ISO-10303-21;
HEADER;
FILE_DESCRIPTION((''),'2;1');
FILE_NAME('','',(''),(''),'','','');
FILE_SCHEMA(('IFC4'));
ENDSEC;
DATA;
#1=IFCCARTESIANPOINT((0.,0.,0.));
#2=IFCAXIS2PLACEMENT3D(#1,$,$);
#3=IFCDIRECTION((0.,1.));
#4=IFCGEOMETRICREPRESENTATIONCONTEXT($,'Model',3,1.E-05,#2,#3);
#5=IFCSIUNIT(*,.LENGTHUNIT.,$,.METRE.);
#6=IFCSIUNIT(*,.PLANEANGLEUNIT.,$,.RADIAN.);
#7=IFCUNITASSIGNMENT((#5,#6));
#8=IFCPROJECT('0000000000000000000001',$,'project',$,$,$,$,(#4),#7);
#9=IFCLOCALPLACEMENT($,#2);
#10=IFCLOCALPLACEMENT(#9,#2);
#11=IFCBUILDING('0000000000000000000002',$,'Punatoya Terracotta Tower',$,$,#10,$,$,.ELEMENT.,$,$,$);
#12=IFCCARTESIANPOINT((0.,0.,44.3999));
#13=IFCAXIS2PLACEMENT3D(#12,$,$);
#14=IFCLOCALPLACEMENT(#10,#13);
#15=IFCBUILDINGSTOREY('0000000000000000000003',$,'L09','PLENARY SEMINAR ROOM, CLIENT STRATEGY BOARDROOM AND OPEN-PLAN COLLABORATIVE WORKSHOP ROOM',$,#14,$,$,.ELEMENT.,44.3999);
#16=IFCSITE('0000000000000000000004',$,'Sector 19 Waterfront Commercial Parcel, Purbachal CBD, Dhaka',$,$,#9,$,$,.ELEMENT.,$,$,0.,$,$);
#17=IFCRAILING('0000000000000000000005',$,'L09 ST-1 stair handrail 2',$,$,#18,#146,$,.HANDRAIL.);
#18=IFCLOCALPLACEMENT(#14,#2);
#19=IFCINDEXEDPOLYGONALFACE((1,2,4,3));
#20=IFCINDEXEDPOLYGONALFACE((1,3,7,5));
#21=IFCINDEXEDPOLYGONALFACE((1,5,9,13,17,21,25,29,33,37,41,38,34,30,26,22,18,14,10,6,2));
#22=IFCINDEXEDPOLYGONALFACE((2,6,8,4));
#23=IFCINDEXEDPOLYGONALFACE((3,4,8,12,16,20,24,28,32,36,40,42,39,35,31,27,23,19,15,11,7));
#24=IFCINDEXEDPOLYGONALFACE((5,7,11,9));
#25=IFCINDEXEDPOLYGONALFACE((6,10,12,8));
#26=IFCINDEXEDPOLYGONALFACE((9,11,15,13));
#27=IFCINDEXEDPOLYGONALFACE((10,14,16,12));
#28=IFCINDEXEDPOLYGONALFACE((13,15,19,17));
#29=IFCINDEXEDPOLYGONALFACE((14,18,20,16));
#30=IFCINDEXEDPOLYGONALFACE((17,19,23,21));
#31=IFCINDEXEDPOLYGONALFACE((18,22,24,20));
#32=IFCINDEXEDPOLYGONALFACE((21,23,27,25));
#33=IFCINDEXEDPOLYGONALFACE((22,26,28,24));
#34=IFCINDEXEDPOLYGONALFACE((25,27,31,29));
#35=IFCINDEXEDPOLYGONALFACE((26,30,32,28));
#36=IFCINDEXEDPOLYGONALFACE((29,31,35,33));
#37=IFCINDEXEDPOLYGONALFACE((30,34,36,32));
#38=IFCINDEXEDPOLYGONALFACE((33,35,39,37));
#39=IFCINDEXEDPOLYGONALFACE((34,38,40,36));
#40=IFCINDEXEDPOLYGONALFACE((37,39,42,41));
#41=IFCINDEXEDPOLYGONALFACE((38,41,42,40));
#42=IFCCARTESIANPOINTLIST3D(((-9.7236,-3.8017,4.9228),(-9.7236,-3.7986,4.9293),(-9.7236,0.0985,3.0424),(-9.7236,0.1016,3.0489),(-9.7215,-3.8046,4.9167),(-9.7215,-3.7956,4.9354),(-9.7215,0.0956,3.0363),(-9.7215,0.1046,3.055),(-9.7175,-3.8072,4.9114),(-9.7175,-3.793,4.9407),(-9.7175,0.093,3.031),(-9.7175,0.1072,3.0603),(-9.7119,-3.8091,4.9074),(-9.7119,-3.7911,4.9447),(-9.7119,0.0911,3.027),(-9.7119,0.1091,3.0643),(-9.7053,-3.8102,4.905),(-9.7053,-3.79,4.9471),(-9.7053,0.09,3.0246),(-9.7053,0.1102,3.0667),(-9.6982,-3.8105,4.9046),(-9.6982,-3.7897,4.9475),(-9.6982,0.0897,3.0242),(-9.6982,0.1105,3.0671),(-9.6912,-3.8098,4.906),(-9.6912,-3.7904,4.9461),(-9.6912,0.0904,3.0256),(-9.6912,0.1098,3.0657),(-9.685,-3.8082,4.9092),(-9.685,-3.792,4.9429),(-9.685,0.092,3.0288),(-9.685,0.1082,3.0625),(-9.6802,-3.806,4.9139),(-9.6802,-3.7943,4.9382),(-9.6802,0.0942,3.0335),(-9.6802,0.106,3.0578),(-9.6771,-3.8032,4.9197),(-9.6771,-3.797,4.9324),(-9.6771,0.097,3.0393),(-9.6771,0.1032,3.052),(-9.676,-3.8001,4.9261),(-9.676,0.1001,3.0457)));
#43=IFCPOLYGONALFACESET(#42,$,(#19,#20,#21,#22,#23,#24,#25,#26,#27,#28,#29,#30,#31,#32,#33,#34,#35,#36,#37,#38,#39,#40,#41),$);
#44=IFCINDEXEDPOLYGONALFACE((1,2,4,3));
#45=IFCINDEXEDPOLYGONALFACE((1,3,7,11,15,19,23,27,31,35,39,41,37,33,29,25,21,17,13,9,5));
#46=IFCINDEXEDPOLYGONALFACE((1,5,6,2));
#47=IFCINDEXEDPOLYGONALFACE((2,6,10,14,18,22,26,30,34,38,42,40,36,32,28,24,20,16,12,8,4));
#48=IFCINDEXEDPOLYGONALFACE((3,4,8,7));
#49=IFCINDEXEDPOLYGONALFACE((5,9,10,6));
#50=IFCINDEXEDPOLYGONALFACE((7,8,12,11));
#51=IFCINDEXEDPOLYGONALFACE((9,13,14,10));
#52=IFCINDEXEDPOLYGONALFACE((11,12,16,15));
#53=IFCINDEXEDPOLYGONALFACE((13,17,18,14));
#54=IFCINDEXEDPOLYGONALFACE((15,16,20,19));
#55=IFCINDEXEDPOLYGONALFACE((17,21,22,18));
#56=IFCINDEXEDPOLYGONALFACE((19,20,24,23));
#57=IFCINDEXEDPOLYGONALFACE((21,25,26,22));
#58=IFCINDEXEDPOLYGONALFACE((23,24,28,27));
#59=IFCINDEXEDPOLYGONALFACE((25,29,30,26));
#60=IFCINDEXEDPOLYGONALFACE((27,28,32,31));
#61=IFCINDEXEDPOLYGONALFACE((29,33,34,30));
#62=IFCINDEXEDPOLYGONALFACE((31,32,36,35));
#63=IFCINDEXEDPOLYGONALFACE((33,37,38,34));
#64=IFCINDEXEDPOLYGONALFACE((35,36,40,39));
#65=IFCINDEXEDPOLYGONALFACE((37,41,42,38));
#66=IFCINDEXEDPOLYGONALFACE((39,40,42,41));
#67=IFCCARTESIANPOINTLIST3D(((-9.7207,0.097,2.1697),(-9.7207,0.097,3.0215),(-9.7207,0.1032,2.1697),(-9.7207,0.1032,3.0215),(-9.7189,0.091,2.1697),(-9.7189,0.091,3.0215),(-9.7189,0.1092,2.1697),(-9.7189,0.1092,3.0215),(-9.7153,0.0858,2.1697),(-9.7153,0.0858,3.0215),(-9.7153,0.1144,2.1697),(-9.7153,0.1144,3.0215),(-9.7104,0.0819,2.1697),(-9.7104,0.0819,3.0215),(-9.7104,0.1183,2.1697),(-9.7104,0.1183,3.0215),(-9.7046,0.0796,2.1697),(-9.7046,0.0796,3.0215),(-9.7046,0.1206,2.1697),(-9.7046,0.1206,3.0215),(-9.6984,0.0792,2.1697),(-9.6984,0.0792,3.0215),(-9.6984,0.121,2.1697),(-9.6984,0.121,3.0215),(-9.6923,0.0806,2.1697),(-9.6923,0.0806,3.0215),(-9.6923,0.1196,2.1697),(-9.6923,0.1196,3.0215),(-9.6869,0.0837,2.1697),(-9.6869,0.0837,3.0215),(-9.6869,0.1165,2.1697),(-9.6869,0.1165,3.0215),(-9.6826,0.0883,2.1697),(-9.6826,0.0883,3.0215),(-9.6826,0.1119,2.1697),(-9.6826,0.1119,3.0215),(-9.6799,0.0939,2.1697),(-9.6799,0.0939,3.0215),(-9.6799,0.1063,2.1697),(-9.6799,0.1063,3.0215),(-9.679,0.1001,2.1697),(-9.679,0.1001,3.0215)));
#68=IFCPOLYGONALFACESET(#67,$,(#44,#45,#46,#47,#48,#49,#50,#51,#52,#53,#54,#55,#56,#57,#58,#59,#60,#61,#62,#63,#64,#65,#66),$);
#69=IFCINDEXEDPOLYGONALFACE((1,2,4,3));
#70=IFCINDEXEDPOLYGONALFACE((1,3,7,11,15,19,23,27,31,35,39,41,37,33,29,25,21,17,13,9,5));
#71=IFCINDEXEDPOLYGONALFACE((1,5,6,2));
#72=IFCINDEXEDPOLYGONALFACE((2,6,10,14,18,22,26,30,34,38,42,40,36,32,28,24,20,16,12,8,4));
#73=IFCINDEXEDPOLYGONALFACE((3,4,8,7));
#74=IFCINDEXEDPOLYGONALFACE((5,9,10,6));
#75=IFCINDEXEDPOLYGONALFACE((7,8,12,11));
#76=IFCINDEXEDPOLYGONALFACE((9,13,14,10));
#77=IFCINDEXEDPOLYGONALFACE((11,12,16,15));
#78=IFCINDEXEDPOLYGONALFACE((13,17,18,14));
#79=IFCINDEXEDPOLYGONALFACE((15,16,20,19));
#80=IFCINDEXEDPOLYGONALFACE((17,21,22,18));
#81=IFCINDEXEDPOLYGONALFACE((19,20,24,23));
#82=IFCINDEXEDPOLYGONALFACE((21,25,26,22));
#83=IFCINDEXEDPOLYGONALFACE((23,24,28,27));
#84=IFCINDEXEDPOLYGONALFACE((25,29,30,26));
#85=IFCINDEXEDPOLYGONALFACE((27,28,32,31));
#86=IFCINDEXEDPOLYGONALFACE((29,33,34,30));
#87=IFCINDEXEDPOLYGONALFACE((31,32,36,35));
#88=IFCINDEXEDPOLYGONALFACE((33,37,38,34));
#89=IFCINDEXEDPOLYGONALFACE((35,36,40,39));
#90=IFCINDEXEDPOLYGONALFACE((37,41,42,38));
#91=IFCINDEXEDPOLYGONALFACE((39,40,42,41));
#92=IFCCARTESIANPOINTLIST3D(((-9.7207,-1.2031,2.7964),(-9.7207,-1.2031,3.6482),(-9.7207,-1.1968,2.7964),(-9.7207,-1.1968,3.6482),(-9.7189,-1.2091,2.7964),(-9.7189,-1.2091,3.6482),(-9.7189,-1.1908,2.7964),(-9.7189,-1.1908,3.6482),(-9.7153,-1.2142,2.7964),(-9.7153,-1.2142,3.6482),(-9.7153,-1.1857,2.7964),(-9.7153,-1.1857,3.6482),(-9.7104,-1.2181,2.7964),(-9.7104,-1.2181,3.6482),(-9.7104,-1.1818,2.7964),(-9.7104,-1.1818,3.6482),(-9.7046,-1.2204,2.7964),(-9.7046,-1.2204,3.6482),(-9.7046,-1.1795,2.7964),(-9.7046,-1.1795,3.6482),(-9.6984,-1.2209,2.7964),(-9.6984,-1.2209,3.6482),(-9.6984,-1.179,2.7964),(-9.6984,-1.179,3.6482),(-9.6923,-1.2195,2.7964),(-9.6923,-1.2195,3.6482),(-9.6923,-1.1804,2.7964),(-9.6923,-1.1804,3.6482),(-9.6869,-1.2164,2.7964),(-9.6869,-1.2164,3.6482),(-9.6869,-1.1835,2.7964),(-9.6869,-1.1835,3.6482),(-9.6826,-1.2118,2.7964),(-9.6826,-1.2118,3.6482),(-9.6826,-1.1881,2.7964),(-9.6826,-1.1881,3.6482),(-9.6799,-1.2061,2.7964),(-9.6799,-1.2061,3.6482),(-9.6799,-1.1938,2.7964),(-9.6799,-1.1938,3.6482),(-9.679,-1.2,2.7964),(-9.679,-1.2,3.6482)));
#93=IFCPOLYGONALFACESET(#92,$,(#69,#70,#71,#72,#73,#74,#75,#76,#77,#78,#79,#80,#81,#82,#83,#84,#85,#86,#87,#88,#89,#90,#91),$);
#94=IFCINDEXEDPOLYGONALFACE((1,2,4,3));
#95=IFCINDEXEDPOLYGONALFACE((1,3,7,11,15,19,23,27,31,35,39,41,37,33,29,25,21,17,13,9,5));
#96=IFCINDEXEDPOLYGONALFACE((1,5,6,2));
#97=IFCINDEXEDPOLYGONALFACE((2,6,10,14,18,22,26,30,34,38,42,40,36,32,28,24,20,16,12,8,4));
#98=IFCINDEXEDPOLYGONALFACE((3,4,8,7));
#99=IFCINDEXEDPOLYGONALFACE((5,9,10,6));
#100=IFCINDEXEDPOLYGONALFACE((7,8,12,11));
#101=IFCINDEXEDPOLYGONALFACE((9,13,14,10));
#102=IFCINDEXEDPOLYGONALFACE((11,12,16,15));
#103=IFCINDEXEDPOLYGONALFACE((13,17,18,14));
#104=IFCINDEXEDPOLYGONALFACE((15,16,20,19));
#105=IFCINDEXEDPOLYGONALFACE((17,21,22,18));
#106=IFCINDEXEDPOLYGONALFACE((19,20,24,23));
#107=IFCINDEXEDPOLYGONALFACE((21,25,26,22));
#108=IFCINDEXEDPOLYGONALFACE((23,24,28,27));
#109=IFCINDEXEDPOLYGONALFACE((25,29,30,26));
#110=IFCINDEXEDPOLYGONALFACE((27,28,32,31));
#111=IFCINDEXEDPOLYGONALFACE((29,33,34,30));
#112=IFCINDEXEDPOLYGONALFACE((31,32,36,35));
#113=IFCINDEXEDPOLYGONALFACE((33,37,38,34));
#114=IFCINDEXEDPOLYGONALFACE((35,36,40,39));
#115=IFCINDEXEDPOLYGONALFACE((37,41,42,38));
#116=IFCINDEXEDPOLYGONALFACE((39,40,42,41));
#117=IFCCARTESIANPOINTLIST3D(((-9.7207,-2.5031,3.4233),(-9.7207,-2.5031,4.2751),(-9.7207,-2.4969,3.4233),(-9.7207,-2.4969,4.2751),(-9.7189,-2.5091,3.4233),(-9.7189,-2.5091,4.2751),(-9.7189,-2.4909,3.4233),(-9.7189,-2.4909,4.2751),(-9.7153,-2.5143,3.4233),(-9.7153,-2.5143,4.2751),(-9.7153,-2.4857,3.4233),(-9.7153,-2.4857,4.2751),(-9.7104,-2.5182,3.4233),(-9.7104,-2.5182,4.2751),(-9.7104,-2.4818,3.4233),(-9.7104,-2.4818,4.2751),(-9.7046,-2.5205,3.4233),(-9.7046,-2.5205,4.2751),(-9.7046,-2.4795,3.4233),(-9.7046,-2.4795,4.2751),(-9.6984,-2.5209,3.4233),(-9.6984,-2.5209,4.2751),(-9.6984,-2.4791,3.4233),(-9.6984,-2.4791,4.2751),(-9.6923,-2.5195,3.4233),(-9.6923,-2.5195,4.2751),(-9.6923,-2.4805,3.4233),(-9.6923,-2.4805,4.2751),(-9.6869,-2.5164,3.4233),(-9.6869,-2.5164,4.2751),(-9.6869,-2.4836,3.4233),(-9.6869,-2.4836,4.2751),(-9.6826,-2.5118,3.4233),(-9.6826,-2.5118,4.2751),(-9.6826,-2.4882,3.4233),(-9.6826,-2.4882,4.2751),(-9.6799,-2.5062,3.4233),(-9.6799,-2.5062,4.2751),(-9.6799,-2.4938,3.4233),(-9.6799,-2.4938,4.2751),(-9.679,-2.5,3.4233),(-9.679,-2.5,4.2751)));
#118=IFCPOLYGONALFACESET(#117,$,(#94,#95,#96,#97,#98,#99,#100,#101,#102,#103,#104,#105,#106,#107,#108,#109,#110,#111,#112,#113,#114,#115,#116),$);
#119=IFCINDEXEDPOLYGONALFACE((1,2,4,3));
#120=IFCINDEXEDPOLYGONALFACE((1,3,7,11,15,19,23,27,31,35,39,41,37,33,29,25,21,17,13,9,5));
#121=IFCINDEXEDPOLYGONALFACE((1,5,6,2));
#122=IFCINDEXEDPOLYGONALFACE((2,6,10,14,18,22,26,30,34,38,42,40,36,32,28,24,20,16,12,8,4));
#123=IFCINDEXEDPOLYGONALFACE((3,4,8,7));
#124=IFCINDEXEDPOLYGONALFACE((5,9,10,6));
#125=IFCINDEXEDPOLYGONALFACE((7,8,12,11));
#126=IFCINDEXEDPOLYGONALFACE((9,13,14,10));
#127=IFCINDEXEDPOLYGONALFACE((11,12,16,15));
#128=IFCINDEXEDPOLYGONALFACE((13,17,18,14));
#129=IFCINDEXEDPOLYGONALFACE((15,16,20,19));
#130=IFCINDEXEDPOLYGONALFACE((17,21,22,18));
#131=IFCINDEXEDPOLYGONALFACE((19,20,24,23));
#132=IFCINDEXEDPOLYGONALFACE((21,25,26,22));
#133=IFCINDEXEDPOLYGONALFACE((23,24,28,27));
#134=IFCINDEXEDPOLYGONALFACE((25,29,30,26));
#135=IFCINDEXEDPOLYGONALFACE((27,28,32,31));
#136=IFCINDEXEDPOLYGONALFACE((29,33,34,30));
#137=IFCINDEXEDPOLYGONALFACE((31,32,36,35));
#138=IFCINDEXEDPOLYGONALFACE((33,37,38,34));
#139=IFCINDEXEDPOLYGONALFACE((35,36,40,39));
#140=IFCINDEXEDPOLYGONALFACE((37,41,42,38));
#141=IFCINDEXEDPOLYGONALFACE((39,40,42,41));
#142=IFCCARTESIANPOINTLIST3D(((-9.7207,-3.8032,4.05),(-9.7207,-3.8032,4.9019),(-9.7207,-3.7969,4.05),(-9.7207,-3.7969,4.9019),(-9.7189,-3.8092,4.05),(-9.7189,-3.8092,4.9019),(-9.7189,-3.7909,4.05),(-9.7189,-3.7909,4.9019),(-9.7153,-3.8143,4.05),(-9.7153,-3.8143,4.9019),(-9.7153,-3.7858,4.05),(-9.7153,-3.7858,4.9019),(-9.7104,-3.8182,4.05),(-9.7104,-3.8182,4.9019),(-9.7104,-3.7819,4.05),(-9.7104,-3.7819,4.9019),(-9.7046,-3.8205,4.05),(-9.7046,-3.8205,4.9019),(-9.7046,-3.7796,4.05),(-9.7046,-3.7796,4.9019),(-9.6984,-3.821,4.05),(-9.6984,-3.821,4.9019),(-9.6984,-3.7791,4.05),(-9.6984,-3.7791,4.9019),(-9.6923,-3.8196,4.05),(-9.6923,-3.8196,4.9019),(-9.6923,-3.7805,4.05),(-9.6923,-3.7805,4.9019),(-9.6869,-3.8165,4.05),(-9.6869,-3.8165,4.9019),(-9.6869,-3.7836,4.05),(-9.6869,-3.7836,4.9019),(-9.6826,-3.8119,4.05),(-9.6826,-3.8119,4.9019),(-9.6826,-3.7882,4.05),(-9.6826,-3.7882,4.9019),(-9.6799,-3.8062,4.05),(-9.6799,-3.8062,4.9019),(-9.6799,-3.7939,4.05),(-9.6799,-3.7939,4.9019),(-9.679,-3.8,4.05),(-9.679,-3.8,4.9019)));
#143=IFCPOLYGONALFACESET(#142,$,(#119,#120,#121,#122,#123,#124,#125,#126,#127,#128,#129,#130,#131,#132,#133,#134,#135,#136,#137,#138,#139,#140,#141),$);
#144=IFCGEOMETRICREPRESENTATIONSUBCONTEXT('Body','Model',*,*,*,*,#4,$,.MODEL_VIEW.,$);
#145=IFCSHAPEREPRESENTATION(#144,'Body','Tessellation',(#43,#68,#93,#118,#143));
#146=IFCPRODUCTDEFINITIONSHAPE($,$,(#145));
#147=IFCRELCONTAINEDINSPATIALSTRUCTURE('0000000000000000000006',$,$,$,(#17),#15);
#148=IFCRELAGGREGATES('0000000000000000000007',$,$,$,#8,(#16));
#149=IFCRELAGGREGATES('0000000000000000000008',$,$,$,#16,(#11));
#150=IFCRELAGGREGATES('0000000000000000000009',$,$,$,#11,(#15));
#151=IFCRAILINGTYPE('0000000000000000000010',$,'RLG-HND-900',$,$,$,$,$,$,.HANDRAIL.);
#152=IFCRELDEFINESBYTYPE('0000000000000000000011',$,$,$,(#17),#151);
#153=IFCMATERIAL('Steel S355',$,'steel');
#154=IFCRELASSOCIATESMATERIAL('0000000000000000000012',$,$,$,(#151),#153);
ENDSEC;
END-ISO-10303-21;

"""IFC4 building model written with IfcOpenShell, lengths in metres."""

from ifc_helpers import new_model, si_unit, direction, frame, origin, origin_2d, place, context, subcontext, project, spatial, circle, extrude, material, type_object, element, save


model = new_model("IFC4")

# Units and contexts
model_context = context("Model", 3, precision=1e-05, world=origin(), true_north=direction((0.0, 1.0)))
body_context = subcontext(model_context, "Body", "Model", "MODEL_VIEW")
ifc_project = project(units=[si_unit("LENGTHUNIT", "METRE"), si_unit("PLANEANGLEUNIT", "RADIAN")], contexts=[model_context])

# Site, building, storey
site_placement = place(None, origin())
site = spatial("IfcSite", under=ifc_project, at=site_placement, Name="Sector 19 Waterfront Commercial Parcel, Purbachal CBD, Dhaka", CompositionType="ELEMENT", RefElevation=0.0)
building_placement = place(site_placement, origin())
building = spatial("IfcBuilding", under=site, at=building_placement, Name="Punatoya Terracotta Tower", CompositionType="ELEMENT")
storey_placement = place(building_placement, frame((0.0, 0.0, 44.3999)))
storey = spatial("IfcBuildingStorey", under=building, at=storey_placement, Name="L09", Description="PLENARY SEMINAR ROOM, CLIENT STRATEGY BOARDROOM AND OPEN-PLAN COLLABORATIVE WORKSHOP ROOM", CompositionType="ELEMENT", Elevation=44.3999)

# Shared definitions
ifc_material_1 = material(Name="Steel S355", Category="steel")

# Railing
railing_type_1 = type_object("IfcRailingType", Name="RLG-HND-900", PredefinedType="HANDRAIL", material=ifc_material_1)
railing_1_placement = place(storey_placement, frame((-9.7, 0.1001, 2.1697)))
element("IfcRailing", 1, at=railing_1_placement, inside=storey, type_object=railing_type_1, Name="L09 ST-1 stair handrail 2", PredefinedType="HANDRAIL", context=body_context, shape_type="SweptSolid", body=[
    extrude(circle(Radius=0.0239, at=origin_2d()), frame((0.0, 0.0, 0.876), z_axis=(0.0, -0.900774, 0.434289), x_axis=(1.0, 0.0, 0.0)), (0.0, 0.0, 1.0), 4.3298),
    extrude(circle(Radius=0.021, at=origin_2d()), origin(), (0.0, 0.0, 1.0), 0.8518),
    extrude(circle(Radius=0.021, at=origin_2d()), frame((0.0, -1.3, 0.6267)), (0.0, 0.0, 1.0), 0.8518),
    extrude(circle(Radius=0.021, at=origin_2d()), frame((0.0, -2.6001, 1.2537)), (0.0, 0.0, 1.0), 0.8518),
    extrude(circle(Radius=0.021, at=origin_2d()), frame((0.0, -3.9001, 1.8804)), (0.0, 0.0, 1.0), 0.8518),
])

save(model, "model.ifc")
